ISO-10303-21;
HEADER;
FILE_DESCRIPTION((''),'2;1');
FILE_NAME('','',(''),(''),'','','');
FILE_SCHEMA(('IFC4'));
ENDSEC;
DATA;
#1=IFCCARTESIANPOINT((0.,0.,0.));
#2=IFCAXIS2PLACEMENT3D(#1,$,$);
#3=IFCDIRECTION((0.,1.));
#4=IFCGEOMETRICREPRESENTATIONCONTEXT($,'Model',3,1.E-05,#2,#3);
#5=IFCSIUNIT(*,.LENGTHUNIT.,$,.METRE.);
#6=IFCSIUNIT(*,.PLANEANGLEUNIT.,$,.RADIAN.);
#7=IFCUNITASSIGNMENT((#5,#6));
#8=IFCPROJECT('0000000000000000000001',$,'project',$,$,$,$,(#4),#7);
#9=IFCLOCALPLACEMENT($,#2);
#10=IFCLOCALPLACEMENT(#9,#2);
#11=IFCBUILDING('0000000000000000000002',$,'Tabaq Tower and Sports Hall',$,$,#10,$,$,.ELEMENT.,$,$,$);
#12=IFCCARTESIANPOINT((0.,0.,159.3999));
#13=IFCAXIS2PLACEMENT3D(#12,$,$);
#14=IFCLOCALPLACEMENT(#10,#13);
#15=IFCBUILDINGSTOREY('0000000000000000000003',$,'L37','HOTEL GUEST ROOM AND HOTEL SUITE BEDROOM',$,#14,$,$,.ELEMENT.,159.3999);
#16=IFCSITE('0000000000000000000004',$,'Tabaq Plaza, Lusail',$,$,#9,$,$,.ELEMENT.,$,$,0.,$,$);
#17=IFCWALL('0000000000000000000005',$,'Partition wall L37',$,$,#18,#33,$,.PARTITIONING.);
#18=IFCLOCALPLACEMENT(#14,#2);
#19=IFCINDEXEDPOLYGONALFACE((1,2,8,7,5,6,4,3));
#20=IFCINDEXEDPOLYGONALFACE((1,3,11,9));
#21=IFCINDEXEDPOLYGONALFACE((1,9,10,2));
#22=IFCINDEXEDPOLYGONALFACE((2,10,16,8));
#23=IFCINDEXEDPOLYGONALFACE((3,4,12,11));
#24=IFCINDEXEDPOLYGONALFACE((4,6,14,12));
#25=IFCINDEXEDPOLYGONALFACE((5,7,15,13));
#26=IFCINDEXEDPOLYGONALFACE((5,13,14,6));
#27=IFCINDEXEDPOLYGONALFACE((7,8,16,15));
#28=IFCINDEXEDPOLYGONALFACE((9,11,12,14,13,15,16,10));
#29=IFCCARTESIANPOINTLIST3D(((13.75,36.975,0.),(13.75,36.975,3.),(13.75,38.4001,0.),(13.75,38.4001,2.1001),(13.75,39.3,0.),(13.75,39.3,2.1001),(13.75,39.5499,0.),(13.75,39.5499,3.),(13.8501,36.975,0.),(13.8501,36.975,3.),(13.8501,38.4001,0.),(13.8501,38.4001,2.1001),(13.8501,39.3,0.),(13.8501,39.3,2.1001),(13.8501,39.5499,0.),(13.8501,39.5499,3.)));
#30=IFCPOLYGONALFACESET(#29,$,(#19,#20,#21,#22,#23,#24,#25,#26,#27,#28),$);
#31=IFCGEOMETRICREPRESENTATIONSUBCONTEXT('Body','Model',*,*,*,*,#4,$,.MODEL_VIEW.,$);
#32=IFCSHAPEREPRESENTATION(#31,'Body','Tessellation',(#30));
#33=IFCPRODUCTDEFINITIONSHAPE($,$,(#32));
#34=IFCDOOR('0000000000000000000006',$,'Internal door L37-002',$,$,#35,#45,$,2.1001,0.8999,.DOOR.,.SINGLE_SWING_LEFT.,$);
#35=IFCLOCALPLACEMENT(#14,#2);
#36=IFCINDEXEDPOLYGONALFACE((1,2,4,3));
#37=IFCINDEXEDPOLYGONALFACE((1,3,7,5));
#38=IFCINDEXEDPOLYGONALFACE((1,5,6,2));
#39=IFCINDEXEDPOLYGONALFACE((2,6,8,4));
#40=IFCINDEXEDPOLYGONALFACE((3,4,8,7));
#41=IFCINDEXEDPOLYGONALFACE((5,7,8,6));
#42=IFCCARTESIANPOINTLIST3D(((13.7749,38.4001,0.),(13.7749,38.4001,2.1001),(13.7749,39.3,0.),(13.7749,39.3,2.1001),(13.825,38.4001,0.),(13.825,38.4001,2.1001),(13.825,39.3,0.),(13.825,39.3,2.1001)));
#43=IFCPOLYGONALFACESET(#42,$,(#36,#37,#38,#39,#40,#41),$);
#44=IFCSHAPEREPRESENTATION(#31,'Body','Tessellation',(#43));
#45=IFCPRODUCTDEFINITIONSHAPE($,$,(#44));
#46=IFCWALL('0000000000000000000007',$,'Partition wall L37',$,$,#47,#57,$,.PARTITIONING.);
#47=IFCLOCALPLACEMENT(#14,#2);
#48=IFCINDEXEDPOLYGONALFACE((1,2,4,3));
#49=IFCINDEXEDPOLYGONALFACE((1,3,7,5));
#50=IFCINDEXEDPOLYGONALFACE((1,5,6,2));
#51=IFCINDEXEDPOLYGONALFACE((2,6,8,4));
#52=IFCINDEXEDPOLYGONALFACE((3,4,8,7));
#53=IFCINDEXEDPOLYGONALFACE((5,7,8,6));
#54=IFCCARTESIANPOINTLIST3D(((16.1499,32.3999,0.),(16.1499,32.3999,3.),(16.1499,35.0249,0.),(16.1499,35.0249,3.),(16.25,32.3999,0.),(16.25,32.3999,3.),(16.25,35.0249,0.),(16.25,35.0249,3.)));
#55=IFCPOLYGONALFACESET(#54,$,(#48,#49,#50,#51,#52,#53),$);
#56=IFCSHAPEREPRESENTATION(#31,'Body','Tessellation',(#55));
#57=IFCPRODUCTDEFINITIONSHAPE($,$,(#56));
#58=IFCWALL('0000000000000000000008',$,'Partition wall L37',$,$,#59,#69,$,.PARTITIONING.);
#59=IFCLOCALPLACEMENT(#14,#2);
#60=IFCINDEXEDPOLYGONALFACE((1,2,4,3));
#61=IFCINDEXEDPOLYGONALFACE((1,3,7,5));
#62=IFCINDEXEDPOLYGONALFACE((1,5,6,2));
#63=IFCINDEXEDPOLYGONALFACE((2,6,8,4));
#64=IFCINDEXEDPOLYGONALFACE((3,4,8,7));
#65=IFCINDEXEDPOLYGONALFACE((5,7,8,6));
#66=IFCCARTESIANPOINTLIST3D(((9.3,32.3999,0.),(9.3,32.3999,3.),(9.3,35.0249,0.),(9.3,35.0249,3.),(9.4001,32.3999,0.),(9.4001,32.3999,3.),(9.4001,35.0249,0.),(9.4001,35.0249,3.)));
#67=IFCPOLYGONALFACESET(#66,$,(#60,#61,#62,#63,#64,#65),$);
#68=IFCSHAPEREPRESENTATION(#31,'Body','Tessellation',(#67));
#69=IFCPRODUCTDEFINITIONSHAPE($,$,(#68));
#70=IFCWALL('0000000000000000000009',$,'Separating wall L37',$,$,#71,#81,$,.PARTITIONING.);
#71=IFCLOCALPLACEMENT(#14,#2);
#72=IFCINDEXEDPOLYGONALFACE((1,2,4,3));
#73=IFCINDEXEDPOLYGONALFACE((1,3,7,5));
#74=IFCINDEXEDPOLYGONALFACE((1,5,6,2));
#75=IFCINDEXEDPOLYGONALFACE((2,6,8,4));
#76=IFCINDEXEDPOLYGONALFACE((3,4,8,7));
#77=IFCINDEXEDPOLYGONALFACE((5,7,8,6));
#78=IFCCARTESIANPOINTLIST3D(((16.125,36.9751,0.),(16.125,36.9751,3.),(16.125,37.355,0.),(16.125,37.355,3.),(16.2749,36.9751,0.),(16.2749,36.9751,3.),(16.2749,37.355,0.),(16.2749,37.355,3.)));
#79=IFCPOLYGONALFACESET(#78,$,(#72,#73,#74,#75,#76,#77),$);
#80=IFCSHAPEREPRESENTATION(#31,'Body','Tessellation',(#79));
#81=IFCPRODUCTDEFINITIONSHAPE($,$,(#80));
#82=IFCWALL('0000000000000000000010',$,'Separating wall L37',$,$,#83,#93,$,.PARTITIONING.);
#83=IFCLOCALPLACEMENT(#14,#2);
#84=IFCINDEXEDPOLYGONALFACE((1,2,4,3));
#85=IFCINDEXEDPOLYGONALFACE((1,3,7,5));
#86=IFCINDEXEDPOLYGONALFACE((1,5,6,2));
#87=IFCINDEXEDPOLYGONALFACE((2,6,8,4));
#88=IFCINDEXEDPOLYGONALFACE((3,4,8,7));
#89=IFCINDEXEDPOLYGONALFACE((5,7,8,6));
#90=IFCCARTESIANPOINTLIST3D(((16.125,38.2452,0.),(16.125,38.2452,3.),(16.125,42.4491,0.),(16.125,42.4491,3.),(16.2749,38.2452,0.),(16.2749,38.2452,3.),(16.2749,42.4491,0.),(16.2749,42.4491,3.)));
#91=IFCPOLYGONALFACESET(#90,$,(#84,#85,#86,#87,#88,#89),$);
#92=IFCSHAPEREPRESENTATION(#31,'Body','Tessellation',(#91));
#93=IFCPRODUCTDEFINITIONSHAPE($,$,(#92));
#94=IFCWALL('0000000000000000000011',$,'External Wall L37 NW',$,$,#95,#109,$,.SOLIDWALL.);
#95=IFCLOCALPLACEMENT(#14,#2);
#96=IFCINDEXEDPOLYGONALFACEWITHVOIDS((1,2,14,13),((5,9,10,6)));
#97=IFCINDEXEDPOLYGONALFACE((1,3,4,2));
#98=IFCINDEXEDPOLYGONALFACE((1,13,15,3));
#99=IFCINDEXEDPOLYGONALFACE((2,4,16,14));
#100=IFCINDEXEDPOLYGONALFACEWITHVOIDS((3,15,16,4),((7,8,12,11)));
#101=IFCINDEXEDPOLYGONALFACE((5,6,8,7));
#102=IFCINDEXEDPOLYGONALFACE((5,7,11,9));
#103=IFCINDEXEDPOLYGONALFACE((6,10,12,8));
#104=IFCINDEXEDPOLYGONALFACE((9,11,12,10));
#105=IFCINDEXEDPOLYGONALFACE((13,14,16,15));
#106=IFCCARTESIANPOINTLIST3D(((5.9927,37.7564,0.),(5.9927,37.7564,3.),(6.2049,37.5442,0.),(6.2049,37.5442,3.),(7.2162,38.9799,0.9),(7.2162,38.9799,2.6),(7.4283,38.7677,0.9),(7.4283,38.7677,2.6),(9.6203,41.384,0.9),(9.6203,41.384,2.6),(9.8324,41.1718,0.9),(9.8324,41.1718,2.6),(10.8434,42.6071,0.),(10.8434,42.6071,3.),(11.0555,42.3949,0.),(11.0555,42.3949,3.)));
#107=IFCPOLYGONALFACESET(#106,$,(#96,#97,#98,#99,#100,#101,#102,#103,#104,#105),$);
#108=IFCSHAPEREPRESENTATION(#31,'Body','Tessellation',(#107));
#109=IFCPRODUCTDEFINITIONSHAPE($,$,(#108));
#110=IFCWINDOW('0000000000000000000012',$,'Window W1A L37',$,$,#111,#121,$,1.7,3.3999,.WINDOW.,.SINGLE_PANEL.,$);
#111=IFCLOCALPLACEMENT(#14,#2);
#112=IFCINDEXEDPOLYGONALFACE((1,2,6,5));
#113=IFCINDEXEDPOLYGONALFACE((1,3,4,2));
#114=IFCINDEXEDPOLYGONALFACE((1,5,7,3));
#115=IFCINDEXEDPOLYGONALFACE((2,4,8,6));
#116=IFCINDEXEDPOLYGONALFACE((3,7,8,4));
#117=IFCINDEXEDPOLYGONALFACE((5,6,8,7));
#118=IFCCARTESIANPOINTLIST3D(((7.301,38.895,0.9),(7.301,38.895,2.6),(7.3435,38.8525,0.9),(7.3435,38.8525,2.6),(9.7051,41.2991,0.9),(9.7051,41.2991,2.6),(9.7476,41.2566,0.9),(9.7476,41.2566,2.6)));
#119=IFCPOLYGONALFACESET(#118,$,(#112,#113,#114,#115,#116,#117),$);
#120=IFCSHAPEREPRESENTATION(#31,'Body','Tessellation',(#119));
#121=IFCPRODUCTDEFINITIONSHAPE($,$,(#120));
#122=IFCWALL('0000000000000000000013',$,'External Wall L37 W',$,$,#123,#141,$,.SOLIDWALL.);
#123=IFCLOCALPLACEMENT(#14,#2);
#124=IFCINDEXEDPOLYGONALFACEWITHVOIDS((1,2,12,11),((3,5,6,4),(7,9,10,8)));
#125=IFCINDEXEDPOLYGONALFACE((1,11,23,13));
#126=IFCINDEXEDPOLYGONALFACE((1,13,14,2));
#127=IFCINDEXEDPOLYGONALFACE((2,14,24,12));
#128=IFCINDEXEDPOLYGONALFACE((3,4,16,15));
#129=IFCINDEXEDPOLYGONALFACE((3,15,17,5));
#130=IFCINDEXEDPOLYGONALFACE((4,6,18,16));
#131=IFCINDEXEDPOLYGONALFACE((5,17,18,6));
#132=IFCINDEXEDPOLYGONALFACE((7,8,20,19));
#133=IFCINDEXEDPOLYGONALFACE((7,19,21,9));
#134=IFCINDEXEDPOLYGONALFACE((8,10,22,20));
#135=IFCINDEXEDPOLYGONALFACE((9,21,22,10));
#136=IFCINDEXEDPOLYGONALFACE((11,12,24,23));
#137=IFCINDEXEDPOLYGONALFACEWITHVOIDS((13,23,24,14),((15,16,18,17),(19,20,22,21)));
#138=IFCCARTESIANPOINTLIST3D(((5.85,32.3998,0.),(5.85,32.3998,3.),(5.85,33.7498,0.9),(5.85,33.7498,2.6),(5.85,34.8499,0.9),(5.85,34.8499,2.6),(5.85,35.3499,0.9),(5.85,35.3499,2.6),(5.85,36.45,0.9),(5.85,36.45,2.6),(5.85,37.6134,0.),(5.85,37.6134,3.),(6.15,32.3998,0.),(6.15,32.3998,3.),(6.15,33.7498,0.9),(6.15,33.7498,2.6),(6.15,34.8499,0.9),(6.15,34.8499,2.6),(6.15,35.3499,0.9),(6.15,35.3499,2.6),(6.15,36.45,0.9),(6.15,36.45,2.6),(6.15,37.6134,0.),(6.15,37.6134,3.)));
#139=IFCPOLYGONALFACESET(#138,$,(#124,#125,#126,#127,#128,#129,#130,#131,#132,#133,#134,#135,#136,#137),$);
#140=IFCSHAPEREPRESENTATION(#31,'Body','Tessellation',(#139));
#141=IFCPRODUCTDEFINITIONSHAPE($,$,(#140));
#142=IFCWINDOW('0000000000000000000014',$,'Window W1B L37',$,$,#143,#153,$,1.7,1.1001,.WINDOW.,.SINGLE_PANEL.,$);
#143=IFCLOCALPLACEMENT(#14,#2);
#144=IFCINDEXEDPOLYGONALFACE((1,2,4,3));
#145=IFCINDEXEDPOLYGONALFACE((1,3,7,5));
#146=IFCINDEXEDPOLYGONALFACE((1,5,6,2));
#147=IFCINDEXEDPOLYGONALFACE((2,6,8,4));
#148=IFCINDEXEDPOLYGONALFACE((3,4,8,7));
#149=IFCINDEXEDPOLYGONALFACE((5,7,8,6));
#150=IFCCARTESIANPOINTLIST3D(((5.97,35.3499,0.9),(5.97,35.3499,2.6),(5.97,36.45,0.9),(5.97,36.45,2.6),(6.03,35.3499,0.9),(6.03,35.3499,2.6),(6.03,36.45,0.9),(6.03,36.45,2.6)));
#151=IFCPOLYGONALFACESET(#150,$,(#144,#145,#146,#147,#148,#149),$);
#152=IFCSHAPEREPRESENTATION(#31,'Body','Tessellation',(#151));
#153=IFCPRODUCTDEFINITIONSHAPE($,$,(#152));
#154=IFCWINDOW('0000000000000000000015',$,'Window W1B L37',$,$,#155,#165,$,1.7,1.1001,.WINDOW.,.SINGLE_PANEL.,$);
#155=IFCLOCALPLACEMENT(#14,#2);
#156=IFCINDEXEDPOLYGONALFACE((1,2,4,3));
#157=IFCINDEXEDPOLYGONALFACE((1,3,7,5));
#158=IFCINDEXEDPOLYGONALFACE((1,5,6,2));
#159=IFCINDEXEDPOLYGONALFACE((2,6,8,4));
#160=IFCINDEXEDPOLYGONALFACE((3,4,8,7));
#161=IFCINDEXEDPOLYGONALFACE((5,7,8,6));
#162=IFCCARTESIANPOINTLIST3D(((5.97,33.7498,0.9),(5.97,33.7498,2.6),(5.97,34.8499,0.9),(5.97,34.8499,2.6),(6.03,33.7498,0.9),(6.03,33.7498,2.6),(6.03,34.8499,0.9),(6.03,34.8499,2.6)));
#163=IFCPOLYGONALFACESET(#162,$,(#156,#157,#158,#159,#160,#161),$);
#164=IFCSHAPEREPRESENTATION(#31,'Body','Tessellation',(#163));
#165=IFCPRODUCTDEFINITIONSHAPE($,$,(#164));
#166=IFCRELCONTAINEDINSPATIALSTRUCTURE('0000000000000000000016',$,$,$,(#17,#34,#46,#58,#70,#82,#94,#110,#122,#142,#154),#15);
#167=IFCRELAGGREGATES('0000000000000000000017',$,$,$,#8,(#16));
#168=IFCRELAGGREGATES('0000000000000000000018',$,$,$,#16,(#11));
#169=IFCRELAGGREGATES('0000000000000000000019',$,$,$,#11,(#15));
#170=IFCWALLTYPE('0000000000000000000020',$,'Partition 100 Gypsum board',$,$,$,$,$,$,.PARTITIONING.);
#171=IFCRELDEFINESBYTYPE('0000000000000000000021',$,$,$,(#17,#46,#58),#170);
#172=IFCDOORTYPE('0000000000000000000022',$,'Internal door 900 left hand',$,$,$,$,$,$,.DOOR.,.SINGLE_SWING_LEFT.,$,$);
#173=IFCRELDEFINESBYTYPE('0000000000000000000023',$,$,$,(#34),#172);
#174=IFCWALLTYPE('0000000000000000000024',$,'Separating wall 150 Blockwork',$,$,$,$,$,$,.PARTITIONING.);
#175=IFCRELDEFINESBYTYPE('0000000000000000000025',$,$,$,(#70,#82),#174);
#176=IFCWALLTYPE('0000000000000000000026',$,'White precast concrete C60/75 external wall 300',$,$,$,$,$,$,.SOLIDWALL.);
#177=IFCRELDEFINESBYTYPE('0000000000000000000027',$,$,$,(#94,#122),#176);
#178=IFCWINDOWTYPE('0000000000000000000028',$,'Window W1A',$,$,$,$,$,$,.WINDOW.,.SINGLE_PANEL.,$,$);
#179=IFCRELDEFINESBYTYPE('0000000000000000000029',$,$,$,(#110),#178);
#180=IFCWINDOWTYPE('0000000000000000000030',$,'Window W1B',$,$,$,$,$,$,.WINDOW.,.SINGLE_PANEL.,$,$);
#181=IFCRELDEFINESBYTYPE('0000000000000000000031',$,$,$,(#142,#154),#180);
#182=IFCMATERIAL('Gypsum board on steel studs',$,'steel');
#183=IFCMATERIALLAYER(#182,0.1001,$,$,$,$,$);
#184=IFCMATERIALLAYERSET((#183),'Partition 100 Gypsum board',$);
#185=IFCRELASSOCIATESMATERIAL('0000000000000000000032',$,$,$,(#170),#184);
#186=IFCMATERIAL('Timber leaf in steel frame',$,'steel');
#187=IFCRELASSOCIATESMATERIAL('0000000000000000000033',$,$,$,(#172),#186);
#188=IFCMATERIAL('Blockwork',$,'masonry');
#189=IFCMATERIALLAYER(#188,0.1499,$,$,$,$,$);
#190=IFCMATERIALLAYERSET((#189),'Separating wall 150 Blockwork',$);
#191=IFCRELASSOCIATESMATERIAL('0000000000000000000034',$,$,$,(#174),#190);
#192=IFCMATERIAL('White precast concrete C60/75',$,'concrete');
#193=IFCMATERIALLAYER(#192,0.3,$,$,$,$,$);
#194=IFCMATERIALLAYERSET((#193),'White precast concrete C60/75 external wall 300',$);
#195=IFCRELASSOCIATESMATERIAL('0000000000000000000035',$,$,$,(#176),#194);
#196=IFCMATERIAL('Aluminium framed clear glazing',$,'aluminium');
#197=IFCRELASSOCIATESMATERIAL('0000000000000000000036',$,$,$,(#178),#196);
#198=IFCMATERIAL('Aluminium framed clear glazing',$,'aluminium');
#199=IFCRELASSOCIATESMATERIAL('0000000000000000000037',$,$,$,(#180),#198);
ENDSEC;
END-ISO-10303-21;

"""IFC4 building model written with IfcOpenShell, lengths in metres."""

from ifc_helpers import new_model, si_unit, direction, frame, frame_2d, origin, place, context, subcontext, project, spatial, rectangle, extrude, material, layer, layer_set, type_object, element, fill, save


model = new_model("IFC4")

# Units and contexts
model_context = context("Model", 3, precision=1e-05, world=origin(), true_north=direction((0.0, 1.0)))
body_context = subcontext(model_context, "Body", "Model", "MODEL_VIEW")
ifc_project = project(units=[si_unit("LENGTHUNIT", "METRE"), si_unit("PLANEANGLEUNIT", "RADIAN")], contexts=[model_context])

# Site, building, storey
site_placement = place(None, origin())
site = spatial("IfcSite", under=ifc_project, at=site_placement, Name="Tabaq Plaza, Lusail", CompositionType="ELEMENT", RefElevation=0.0)
building_placement = place(site_placement, origin())
building = spatial("IfcBuilding", under=site, at=building_placement, Name="Tabaq Tower and Sports Hall", CompositionType="ELEMENT")
storey_placement = place(building_placement, frame((0.0, 0.0, 159.3999)))
storey = spatial("IfcBuildingStorey", under=building, at=storey_placement, Name="L37", Description="HOTEL GUEST ROOM AND HOTEL SUITE BEDROOM", CompositionType="ELEMENT", Elevation=159.3999)

# Shared definitions
ifc_material_1 = material(Name="Gypsum board on steel studs", Category="steel")
ifc_layer_1 = layer(ifc_material_1, 0.1001)
ifc_layer_set_1 = layer_set([ifc_layer_1], Name="Partition 100 Gypsum board")
wall_type_1 = type_object("IfcWallType", Name="Partition 100 Gypsum board", PredefinedType="PARTITIONING", material=ifc_layer_set_1)

# Wall, opening, door
wall_1_placement = place(storey_placement, frame((13.8, 39.55, 0.0), z_axis=(0.0, 0.0, 1.0), x_axis=(0.0, -1.0, 0.0)))
wall_1 = element("IfcWall", 1, at=wall_1_placement, inside=storey, type_object=wall_type_1, Name="Partition wall L37", PredefinedType="PARTITIONING", context=body_context, shape_type="SweptSolid", body=[
    extrude(rectangle(XDim=2.575, YDim=0.1001, at=frame_2d((1.2876, 0.0))), origin(), (0.0, 0.0, 1.0), 3.0),
])
opening_1_placement = place(wall_1_placement, frame((0.25, 0.0, 0.0)))
opening_1 = element("IfcOpeningElement", 2, at=opening_1_placement, cuts=wall_1, PredefinedType="OPENING", context=body_context, shape_type="SweptSolid", body=[
    extrude(rectangle(XDim=0.8999, YDim=2.1001, at=frame_2d((0.45, 1.05))), frame((0.0, 0.05, 0.0), z_axis=(0.0, -1.0, 0.0), x_axis=(1.0, 0.0, 0.0)), (0.0, 0.0, 1.0), 0.1001),
])
ifc_material_2 = material(Name="Timber leaf in steel frame", Category="steel")
door_type_1 = type_object("IfcDoorType", Name="Internal door 900 left hand", OperationType="SINGLE_SWING_LEFT", PredefinedType="DOOR", material=ifc_material_2)
door_1_placement = place(opening_1_placement, origin())
door_1 = element("IfcDoor", 3, at=door_1_placement, inside=storey, type_object=door_type_1, Name="Internal door L37-002", OperationType="SINGLE_SWING_LEFT", OverallHeight=2.1001, OverallWidth=0.8999, PredefinedType="DOOR", context=body_context, shape_type="SweptSolid", body=[
    extrude(rectangle(XDim=0.8999, YDim=2.1001, at=frame_2d((0.45, 1.05))), frame((0.0, 0.0249, 0.0), z_axis=(0.0, -1.0, 0.0), x_axis=(1.0, 0.0, 0.0)), (0.0, 0.0, 1.0), 0.05),
])
fill(opening_1, door_1)

# Walls
for number, where, z_axis, x_axis, name in (
    (4, (16.2, 35.0249, 0.0), (0.0, 0.0, 1.0), (0.0, -1.0, 0.0), "Partition wall L37"),
    (5, (9.3501, 35.0249, 0.0), (0.0, 0.0, 1.0), (0.0, -1.0, 0.0), "Partition wall L37"),
):
    element("IfcWall", number, at=place(storey_placement, frame(where, z_axis=z_axis, x_axis=x_axis)), inside=storey, type_object=wall_type_1, Name=name, PredefinedType="PARTITIONING", context=body_context, shape_type="SweptSolid", body=[
        extrude(rectangle(XDim=2.625, YDim=0.1001, at=frame_2d((1.3125, 0.0))), origin(), (0.0, 0.0, 1.0), 3.0),
    ])
ifc_material_3 = material(Name="Blockwork", Category="masonry")
ifc_layer_2 = layer(ifc_material_3, 0.1499)
ifc_layer_set_2 = layer_set([ifc_layer_2], Name="Separating wall 150 Blockwork")
wall_type_2 = type_object("IfcWallType", Name="Separating wall 150 Blockwork", PredefinedType="PARTITIONING", material=ifc_layer_set_2)
wall_2_placement = place(storey_placement, frame((16.2, 36.9751, 0.0), z_axis=(0.0, 0.0, 1.0), x_axis=(0.0, 1.0, 0.0)))
element("IfcWall", 6, at=wall_2_placement, inside=storey, type_object=wall_type_2, Name="Separating wall L37", PredefinedType="PARTITIONING", context=body_context, shape_type="SweptSolid", body=[
    extrude(rectangle(XDim=0.3799, YDim=0.1499, at=frame_2d((0.1899, 0.0))), origin(), (0.0, 0.0, 1.0), 3.0),
])
wall_3_placement = place(storey_placement, frame((16.2, 38.2451, 0.0), z_axis=(0.0, 0.0, 1.0), x_axis=(0.0, 1.0, 0.0)))
element("IfcWall", 7, at=wall_3_placement, inside=storey, type_object=wall_type_2, Name="Separating wall L37", PredefinedType="PARTITIONING", context=body_context, shape_type="SweptSolid", body=[
    extrude(rectangle(XDim=4.2039, YDim=0.1499, at=frame_2d((2.1021, 0.0))), origin(), (0.0, 0.0, 1.0), 3.0),
])

# Wall, opening, window
ifc_material_4 = material(Name="White precast concrete C60/75", Category="concrete")
ifc_layer_3 = layer(ifc_material_4, 0.3)
ifc_layer_set_3 = layer_set([ifc_layer_3], Name="White precast concrete C60/75 external wall 300")
wall_type_3 = type_object("IfcWallType", Name="White precast concrete C60/75 external wall 300", PredefinedType="SOLIDWALL", material=ifc_layer_set_3)
wall_4_placement = place(storey_placement, frame((10.9495, 42.501, 0.0), z_axis=(0.0, 0.0, 1.0), x_axis=(-0.707107, -0.707107, 0.0)))
wall_4 = element("IfcWall", 8, at=wall_4_placement, inside=storey, type_object=wall_type_3, Name="External Wall L37 NW", PredefinedType="SOLIDWALL", context=body_context, shape_type="SweptSolid", body=[
    extrude(rectangle(XDim=6.8599, YDim=0.3, at=frame_2d((3.4299, 0.0))), origin(), (0.0, 0.0, 1.0), 3.0),
])
opening_2_placement = place(wall_4_placement, frame((1.7297, 0.0, 0.8999)))
opening_2 = element("IfcOpeningElement", 9, at=opening_2_placement, cuts=wall_4, PredefinedType="OPENING", context=body_context, shape_type="SweptSolid", body=[
    extrude(rectangle(XDim=3.3999, YDim=1.7, at=frame_2d((1.7, 0.8501))), frame((0.0, 0.1602, 0.0), z_axis=(0.0, -1.0, 0.0), x_axis=(1.0, 0.0, 0.0)), (0.0, 0.0, 1.0), 0.3201),
])
ifc_material_5 = material(Name="Aluminium framed clear glazing", Category="aluminium")
window_type_1 = type_object("IfcWindowType", Name="Window W1A", PartitioningType="SINGLE_PANEL", PredefinedType="WINDOW", material=ifc_material_5)
window_1_placement = place(opening_2_placement, origin())
window_1 = element("IfcWindow", 10, at=window_1_placement, inside=storey, type_object=window_type_1, Name="Window W1A L37", OverallHeight=1.7, OverallWidth=3.3999, PartitioningType="SINGLE_PANEL", PredefinedType="WINDOW", context=body_context, shape_type="SweptSolid", body=[
    extrude(rectangle(XDim=3.3999, YDim=1.7, at=frame_2d((1.7, 0.8501))), frame((0.0, 0.03, 0.0), z_axis=(0.0, -1.0, 0.0), x_axis=(1.0, 0.0, 0.0)), (0.0, 0.0, 1.0), 0.0601),
])
fill(opening_2, window_1)

# Wall, openings, windows
wall_5_placement = place(storey_placement, frame((6.0, 37.6135, 0.0), z_axis=(0.0, 0.0, 1.0), x_axis=(0.0, -1.0, 0.0)))
wall_5 = element("IfcWall", 11, at=wall_5_placement, inside=storey, type_object=wall_type_3, Name="External Wall L37 W", PredefinedType="SOLIDWALL", context=body_context, shape_type="SweptSolid", body=[
    extrude(rectangle(XDim=5.2136, YDim=0.3, at=frame_2d((2.6069, 0.0))), origin(), (0.0, 0.0, 1.0), 3.0),
])
opening_3_placement = place(wall_5_placement, frame((1.1636, 0.0, 0.8999)))
opening_3 = element("IfcOpeningElement", 12, at=opening_3_placement, cuts=wall_5, PredefinedType="OPENING", context=body_context, shape_type="SweptSolid", body=[
    extrude(rectangle(XDim=1.1001, YDim=1.7, at=frame_2d((0.55, 0.8501))), frame((0.0, 0.1602, 0.0), z_axis=(0.0, -1.0, 0.0), x_axis=(1.0, 0.0, 0.0)), (0.0, 0.0, 1.0), 0.3201),
])
opening_4_placement = place(wall_5_placement, frame((2.7637, 0.0, 0.8999)))
opening_4 = element("IfcOpeningElement", 13, at=opening_4_placement, cuts=wall_5, PredefinedType="OPENING", context=body_context, shape_type="SweptSolid", body=[
    extrude(rectangle(XDim=1.1001, YDim=1.7, at=frame_2d((0.55, 0.8501))), frame((0.0, 0.1602, 0.0), z_axis=(0.0, -1.0, 0.0), x_axis=(1.0, 0.0, 0.0)), (0.0, 0.0, 1.0), 0.3201),
])
ifc_material_6 = material(Name="Aluminium framed clear glazing", Category="aluminium")
window_type_2 = type_object("IfcWindowType", Name="Window W1B", PartitioningType="SINGLE_PANEL", PredefinedType="WINDOW", material=ifc_material_6)
window_2_placement = place(opening_3_placement, origin())
window_2 = element("IfcWindow", 14, at=window_2_placement, inside=storey, type_object=window_type_2, Name="Window W1B L37", OverallHeight=1.7, OverallWidth=1.1001, PartitioningType="SINGLE_PANEL", PredefinedType="WINDOW", context=body_context, shape_type="SweptSolid", body=[
    extrude(rectangle(XDim=1.1001, YDim=1.7, at=frame_2d((0.55, 0.8501))), frame((0.0, 0.03, 0.0), z_axis=(0.0, -1.0, 0.0), x_axis=(1.0, 0.0, 0.0)), (0.0, 0.0, 1.0), 0.0601),
])
fill(opening_3, window_2)
window_3_placement = place(opening_4_placement, origin())
window_3 = element("IfcWindow", 15, at=window_3_placement, inside=storey, type_object=window_type_2, Name="Window W1B L37", OverallHeight=1.7, OverallWidth=1.1001, PartitioningType="SINGLE_PANEL", PredefinedType="WINDOW", context=body_context, shape_type="SweptSolid", body=[
    extrude(rectangle(XDim=1.1001, YDim=1.7, at=frame_2d((0.55, 0.8501))), frame((0.0, 0.03, 0.0), z_axis=(0.0, -1.0, 0.0), x_axis=(1.0, 0.0, 0.0)), (0.0, 0.0, 1.0), 0.0601),
])
fill(opening_4, window_3)

save(model, "model.ifc")
